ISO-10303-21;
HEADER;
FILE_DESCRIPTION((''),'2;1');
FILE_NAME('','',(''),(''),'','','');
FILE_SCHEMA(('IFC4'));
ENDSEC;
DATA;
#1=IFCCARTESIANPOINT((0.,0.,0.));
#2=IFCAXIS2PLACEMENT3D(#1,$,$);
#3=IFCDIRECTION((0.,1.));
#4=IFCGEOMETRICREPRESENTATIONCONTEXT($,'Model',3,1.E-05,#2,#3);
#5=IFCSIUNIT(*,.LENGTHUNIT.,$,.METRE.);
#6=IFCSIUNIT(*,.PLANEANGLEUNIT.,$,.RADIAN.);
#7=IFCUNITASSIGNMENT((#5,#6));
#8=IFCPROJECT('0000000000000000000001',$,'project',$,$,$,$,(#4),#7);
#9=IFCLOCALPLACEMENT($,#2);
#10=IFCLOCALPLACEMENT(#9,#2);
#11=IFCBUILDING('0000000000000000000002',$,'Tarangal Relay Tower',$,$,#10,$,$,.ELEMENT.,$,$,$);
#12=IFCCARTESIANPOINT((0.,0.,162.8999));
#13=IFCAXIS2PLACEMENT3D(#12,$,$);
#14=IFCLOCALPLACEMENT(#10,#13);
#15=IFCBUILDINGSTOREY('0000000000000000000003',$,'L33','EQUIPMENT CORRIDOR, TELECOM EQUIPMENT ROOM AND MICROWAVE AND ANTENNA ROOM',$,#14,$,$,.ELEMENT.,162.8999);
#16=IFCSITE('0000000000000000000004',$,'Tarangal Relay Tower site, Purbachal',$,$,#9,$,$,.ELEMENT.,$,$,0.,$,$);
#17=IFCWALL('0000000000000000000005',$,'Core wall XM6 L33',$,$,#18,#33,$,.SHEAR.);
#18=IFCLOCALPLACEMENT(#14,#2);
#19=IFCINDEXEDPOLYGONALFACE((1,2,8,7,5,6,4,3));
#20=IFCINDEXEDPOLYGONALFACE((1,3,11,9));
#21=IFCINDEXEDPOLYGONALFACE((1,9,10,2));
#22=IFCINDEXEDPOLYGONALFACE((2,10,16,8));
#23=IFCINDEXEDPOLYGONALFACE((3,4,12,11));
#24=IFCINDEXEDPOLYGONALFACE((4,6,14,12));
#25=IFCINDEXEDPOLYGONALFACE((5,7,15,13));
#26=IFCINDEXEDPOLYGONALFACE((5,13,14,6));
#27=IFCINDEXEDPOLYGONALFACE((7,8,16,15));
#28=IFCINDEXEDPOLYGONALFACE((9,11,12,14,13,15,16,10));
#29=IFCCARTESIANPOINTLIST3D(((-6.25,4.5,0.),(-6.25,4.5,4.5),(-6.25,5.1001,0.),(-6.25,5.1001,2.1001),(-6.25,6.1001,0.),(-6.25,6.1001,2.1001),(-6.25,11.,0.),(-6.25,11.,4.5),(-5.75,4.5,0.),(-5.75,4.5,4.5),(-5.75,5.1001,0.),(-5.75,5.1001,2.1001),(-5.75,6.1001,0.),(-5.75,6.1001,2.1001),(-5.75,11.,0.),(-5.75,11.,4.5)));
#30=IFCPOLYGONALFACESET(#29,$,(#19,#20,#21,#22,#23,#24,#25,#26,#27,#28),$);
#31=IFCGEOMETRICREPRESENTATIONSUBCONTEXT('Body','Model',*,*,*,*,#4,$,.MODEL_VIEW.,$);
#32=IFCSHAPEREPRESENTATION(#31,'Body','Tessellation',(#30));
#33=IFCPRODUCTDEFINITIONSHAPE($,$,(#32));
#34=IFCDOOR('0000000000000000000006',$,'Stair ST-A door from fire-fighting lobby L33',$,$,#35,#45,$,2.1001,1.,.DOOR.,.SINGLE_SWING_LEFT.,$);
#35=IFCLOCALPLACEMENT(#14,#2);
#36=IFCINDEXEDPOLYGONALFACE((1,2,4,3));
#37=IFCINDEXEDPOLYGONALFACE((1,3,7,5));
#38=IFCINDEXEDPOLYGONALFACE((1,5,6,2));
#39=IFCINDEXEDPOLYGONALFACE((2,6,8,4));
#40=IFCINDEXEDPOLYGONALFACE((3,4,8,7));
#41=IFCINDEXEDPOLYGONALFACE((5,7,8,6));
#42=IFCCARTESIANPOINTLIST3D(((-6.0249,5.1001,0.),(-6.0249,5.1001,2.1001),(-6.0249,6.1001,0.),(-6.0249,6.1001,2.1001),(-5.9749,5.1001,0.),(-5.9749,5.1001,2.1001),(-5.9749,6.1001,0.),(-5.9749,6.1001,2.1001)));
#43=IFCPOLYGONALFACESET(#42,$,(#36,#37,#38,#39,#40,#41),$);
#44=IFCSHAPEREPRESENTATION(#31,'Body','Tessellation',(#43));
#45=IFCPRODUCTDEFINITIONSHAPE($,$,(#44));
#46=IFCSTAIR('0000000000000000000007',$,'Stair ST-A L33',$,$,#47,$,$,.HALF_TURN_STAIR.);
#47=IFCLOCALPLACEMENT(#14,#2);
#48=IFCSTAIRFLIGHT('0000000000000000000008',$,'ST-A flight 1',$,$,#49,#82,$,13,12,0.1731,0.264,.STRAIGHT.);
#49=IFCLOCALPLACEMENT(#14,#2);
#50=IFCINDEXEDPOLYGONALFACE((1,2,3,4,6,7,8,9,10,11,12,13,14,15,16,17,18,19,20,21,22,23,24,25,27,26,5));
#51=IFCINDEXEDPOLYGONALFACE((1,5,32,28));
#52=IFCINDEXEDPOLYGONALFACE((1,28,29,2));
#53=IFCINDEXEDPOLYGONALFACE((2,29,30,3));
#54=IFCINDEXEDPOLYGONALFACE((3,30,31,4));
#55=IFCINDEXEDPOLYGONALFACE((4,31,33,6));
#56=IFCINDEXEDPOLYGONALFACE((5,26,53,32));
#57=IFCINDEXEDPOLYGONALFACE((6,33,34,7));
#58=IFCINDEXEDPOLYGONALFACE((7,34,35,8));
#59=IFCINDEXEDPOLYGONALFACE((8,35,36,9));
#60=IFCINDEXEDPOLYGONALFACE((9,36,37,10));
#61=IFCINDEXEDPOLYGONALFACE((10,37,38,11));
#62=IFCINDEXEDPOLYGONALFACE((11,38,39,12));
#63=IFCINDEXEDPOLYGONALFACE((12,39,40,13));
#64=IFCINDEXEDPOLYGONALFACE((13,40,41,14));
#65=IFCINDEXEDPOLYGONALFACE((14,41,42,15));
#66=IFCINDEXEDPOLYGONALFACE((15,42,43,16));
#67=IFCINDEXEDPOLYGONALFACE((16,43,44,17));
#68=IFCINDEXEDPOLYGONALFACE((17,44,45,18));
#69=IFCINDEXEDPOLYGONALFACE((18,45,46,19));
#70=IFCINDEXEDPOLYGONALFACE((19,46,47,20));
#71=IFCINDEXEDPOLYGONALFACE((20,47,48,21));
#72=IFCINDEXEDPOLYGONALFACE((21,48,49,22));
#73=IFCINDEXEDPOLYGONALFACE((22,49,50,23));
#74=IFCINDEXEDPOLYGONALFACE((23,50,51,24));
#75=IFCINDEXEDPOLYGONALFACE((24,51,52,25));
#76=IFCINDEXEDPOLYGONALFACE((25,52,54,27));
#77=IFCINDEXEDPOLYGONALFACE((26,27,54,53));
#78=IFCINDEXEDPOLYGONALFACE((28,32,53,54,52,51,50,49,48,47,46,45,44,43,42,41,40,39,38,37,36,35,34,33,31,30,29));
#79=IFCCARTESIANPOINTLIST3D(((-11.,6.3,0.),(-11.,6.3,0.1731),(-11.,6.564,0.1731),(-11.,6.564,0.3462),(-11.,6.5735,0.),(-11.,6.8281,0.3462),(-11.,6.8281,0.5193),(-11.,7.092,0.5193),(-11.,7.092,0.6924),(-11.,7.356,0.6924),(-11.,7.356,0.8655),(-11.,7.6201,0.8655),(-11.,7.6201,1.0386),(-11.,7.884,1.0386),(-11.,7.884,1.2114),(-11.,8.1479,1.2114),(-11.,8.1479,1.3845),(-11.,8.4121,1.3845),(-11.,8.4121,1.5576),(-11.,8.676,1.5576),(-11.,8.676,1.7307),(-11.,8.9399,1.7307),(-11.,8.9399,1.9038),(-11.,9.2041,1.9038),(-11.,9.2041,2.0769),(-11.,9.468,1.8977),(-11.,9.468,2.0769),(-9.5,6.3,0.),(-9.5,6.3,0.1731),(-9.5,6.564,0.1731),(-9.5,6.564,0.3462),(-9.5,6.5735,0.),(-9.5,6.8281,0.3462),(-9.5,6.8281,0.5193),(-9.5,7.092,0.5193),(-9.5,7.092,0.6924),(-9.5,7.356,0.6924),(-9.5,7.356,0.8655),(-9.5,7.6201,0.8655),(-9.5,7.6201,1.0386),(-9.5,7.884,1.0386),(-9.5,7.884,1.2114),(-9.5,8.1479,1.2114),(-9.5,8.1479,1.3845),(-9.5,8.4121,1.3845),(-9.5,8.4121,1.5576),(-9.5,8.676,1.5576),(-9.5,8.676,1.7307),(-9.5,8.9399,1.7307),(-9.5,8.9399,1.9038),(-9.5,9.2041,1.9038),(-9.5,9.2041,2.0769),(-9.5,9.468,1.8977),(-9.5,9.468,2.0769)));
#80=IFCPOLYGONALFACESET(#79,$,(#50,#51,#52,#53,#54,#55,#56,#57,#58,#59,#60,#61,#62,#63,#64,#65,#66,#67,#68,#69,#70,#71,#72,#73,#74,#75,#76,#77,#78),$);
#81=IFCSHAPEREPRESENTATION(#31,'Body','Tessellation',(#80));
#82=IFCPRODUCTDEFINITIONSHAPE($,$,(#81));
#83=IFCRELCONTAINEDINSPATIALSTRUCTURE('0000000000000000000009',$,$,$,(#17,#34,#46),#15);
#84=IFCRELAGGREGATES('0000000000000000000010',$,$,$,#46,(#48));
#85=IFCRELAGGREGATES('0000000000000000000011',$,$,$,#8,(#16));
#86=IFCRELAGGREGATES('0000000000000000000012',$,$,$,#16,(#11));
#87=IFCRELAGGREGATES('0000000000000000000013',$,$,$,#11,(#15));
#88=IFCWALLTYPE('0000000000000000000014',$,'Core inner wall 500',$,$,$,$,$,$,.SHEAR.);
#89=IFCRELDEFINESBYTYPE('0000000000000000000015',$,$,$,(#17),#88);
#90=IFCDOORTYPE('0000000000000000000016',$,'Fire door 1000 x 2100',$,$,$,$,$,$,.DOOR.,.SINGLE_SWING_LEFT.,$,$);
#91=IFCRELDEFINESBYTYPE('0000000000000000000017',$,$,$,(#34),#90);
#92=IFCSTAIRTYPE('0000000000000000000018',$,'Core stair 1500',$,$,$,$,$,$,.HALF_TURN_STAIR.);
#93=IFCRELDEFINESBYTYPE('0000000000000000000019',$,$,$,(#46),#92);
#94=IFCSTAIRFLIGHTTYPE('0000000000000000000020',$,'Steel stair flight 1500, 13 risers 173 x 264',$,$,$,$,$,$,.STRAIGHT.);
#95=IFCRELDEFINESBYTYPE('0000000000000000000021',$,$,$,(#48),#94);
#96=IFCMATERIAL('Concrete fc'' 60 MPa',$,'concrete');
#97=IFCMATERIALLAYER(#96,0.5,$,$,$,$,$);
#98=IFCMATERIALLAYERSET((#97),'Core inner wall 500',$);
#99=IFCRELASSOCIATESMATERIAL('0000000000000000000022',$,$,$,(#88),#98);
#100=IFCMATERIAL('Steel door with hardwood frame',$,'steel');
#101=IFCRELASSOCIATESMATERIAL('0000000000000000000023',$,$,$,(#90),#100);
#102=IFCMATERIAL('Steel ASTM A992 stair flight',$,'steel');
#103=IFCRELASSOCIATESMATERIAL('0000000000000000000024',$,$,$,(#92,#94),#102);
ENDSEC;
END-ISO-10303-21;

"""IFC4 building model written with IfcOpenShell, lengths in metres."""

from ifc_helpers import new_model, si_unit, direction, frame, frame_2d, origin, place, context, subcontext, project, spatial, polyline, rectangle, outline, extrude, material, layer, layer_set, type_object, element, fill, aggregate, save


model = new_model("IFC4")

# Units and contexts
model_context = context("Model", 3, precision=1e-05, world=origin(), true_north=direction((0.0, 1.0)))
body_context = subcontext(model_context, "Body", "Model", "MODEL_VIEW")
ifc_project = project(units=[si_unit("LENGTHUNIT", "METRE"), si_unit("PLANEANGLEUNIT", "RADIAN")], contexts=[model_context])

# Site, building, storey
site_placement = place(None, origin())
site = spatial("IfcSite", under=ifc_project, at=site_placement, Name="Tarangal Relay Tower site, Purbachal", CompositionType="ELEMENT", RefElevation=0.0)
building_placement = place(site_placement, origin())
building = spatial("IfcBuilding", under=site, at=building_placement, Name="Tarangal Relay Tower", CompositionType="ELEMENT")
storey_placement = place(building_placement, frame((0.0, 0.0, 162.8999)))
storey = spatial("IfcBuildingStorey", under=building, at=storey_placement, Name="L33", Description="EQUIPMENT CORRIDOR, TELECOM EQUIPMENT ROOM AND MICROWAVE AND ANTENNA ROOM", CompositionType="ELEMENT", Elevation=162.8999)

# Shared definitions
ifc_material_1 = material(Name="Concrete fc' 60 MPa", Category="concrete")
ifc_layer_1 = layer(ifc_material_1, 0.5)
ifc_layer_set_1 = layer_set([ifc_layer_1], Name="Core inner wall 500")
wall_type = type_object("IfcWallType", Name="Core inner wall 500", PredefinedType="SHEAR", material=ifc_layer_set_1)
ifc_material_2 = material(Name="Steel door with hardwood frame", Category="steel")

# Wall, opening, door
wall_1_placement = place(storey_placement, frame((-6.0, 4.5, 0.0), z_axis=(0.0, 0.0, 1.0), x_axis=(0.0, 1.0, 0.0)))
wall_1 = element("IfcWall", 1, at=wall_1_placement, inside=storey, type_object=wall_type, Name="Core wall XM6 L33", PredefinedType="SHEAR", context=body_context, shape_type="SweptSolid", body=[
    extrude(rectangle(XDim=6.5, YDim=0.5, at=frame_2d((3.25, 0.0))), origin(), (0.0, 0.0, 1.0), 4.5),
])
opening_1_placement = place(wall_1_placement, frame((0.6001, 0.0, 0.0)))
opening_1 = element("IfcOpeningElement", 2, at=opening_1_placement, cuts=wall_1, PredefinedType="OPENING", context=body_context, shape_type="SweptSolid", body=[
    extrude(rectangle(XDim=1.0, YDim=2.1001, at=frame_2d((0.5, 1.05))), frame((0.0, 0.26, 0.0), z_axis=(0.0, -1.0, 0.0), x_axis=(1.0, 0.0, 0.0)), (0.0, 0.0, 1.0), 0.52),
])
door_type_1 = type_object("IfcDoorType", Name="Fire door 1000 x 2100", OperationType="SINGLE_SWING_LEFT", PredefinedType="DOOR", material=ifc_material_2)
door_1_placement = place(opening_1_placement, origin())
door_1 = element("IfcDoor", 3, at=door_1_placement, inside=storey, type_object=door_type_1, Name="Stair ST-A door from fire-fighting lobby L33", OperationType="SINGLE_SWING_LEFT", OverallHeight=2.1001, OverallWidth=1.0, PredefinedType="DOOR", context=body_context, shape_type="SweptSolid", body=[
    extrude(rectangle(XDim=1.0, YDim=2.1001, at=frame_2d((0.5, 1.05))), frame((0.0, 0.0249, 0.0), z_axis=(0.0, -1.0, 0.0), x_axis=(1.0, 0.0, 0.0)), (0.0, 0.0, 1.0), 0.05),
])
fill(opening_1, door_1)

# Stair, stair flight
ifc_material_3 = material(Name="Steel ASTM A992 stair flight", Category="steel")
stair_type = type_object("IfcStairType", Name="Core stair 1500", PredefinedType="HALF_TURN_STAIR", material=ifc_material_3)
stair_placement = place(storey_placement, origin())
stair = element("IfcStair", 4, at=stair_placement, inside=storey, type_object=stair_type, Name="Stair ST-A L33", PredefinedType="HALF_TURN_STAIR")
stair_flight_type = type_object("IfcStairFlightType", Name="Steel stair flight 1500, 13 risers 173 x 264", PredefinedType="STRAIGHT", material=ifc_material_3)
stair_flight_placement = place(storey_placement, frame((-10.25, 6.3, 0.0), z_axis=(0.0, 0.0, 1.0), x_axis=(0.0, 1.0, 0.0)))
stair_flight = element("IfcStairFlight", 5, at=stair_flight_placement, type_object=stair_flight_type, Name="ST-A flight 1", NumberOfRisers=13, NumberOfTreads=12, PredefinedType="STRAIGHT", RiserHeight=0.1731, TreadLength=0.264, context=body_context, shape_type="SweptSolid", body=[
    extrude(outline(polyline([(0.0, 0.0), (0.0, 0.1731), (0.2639, 0.1731), (0.2639, 0.3462), (0.5281, 0.3462), (0.5281, 0.5193), (0.792, 0.5193), (0.792, 0.6924), (1.0559, 0.6924), (1.0559, 0.8655), (1.3201, 0.8655), (1.3201, 1.0386), (1.584, 1.0386), (1.584, 1.2114), (1.8479, 1.2114), (1.8479, 1.3845), (2.1121, 1.3845), (2.1121, 1.5576), (2.376, 1.5576), (2.376, 1.7307), (2.6399, 1.7307), (2.6399, 1.9038), (2.9041, 1.9038), (2.9041, 2.0769), (3.168, 2.0769), (3.168, 2.25), (3.168, 1.8977), (0.2734, 0.0), (0.0, 0.0)])), frame((0.0, 0.75, 0.0), z_axis=(0.0, -1.0, 0.0), x_axis=(1.0, 0.0, 0.0)), (0.0, 0.0, 1.0), 1.5),
])
aggregate(stair, [stair_flight])

save(model, "model.ifc")
